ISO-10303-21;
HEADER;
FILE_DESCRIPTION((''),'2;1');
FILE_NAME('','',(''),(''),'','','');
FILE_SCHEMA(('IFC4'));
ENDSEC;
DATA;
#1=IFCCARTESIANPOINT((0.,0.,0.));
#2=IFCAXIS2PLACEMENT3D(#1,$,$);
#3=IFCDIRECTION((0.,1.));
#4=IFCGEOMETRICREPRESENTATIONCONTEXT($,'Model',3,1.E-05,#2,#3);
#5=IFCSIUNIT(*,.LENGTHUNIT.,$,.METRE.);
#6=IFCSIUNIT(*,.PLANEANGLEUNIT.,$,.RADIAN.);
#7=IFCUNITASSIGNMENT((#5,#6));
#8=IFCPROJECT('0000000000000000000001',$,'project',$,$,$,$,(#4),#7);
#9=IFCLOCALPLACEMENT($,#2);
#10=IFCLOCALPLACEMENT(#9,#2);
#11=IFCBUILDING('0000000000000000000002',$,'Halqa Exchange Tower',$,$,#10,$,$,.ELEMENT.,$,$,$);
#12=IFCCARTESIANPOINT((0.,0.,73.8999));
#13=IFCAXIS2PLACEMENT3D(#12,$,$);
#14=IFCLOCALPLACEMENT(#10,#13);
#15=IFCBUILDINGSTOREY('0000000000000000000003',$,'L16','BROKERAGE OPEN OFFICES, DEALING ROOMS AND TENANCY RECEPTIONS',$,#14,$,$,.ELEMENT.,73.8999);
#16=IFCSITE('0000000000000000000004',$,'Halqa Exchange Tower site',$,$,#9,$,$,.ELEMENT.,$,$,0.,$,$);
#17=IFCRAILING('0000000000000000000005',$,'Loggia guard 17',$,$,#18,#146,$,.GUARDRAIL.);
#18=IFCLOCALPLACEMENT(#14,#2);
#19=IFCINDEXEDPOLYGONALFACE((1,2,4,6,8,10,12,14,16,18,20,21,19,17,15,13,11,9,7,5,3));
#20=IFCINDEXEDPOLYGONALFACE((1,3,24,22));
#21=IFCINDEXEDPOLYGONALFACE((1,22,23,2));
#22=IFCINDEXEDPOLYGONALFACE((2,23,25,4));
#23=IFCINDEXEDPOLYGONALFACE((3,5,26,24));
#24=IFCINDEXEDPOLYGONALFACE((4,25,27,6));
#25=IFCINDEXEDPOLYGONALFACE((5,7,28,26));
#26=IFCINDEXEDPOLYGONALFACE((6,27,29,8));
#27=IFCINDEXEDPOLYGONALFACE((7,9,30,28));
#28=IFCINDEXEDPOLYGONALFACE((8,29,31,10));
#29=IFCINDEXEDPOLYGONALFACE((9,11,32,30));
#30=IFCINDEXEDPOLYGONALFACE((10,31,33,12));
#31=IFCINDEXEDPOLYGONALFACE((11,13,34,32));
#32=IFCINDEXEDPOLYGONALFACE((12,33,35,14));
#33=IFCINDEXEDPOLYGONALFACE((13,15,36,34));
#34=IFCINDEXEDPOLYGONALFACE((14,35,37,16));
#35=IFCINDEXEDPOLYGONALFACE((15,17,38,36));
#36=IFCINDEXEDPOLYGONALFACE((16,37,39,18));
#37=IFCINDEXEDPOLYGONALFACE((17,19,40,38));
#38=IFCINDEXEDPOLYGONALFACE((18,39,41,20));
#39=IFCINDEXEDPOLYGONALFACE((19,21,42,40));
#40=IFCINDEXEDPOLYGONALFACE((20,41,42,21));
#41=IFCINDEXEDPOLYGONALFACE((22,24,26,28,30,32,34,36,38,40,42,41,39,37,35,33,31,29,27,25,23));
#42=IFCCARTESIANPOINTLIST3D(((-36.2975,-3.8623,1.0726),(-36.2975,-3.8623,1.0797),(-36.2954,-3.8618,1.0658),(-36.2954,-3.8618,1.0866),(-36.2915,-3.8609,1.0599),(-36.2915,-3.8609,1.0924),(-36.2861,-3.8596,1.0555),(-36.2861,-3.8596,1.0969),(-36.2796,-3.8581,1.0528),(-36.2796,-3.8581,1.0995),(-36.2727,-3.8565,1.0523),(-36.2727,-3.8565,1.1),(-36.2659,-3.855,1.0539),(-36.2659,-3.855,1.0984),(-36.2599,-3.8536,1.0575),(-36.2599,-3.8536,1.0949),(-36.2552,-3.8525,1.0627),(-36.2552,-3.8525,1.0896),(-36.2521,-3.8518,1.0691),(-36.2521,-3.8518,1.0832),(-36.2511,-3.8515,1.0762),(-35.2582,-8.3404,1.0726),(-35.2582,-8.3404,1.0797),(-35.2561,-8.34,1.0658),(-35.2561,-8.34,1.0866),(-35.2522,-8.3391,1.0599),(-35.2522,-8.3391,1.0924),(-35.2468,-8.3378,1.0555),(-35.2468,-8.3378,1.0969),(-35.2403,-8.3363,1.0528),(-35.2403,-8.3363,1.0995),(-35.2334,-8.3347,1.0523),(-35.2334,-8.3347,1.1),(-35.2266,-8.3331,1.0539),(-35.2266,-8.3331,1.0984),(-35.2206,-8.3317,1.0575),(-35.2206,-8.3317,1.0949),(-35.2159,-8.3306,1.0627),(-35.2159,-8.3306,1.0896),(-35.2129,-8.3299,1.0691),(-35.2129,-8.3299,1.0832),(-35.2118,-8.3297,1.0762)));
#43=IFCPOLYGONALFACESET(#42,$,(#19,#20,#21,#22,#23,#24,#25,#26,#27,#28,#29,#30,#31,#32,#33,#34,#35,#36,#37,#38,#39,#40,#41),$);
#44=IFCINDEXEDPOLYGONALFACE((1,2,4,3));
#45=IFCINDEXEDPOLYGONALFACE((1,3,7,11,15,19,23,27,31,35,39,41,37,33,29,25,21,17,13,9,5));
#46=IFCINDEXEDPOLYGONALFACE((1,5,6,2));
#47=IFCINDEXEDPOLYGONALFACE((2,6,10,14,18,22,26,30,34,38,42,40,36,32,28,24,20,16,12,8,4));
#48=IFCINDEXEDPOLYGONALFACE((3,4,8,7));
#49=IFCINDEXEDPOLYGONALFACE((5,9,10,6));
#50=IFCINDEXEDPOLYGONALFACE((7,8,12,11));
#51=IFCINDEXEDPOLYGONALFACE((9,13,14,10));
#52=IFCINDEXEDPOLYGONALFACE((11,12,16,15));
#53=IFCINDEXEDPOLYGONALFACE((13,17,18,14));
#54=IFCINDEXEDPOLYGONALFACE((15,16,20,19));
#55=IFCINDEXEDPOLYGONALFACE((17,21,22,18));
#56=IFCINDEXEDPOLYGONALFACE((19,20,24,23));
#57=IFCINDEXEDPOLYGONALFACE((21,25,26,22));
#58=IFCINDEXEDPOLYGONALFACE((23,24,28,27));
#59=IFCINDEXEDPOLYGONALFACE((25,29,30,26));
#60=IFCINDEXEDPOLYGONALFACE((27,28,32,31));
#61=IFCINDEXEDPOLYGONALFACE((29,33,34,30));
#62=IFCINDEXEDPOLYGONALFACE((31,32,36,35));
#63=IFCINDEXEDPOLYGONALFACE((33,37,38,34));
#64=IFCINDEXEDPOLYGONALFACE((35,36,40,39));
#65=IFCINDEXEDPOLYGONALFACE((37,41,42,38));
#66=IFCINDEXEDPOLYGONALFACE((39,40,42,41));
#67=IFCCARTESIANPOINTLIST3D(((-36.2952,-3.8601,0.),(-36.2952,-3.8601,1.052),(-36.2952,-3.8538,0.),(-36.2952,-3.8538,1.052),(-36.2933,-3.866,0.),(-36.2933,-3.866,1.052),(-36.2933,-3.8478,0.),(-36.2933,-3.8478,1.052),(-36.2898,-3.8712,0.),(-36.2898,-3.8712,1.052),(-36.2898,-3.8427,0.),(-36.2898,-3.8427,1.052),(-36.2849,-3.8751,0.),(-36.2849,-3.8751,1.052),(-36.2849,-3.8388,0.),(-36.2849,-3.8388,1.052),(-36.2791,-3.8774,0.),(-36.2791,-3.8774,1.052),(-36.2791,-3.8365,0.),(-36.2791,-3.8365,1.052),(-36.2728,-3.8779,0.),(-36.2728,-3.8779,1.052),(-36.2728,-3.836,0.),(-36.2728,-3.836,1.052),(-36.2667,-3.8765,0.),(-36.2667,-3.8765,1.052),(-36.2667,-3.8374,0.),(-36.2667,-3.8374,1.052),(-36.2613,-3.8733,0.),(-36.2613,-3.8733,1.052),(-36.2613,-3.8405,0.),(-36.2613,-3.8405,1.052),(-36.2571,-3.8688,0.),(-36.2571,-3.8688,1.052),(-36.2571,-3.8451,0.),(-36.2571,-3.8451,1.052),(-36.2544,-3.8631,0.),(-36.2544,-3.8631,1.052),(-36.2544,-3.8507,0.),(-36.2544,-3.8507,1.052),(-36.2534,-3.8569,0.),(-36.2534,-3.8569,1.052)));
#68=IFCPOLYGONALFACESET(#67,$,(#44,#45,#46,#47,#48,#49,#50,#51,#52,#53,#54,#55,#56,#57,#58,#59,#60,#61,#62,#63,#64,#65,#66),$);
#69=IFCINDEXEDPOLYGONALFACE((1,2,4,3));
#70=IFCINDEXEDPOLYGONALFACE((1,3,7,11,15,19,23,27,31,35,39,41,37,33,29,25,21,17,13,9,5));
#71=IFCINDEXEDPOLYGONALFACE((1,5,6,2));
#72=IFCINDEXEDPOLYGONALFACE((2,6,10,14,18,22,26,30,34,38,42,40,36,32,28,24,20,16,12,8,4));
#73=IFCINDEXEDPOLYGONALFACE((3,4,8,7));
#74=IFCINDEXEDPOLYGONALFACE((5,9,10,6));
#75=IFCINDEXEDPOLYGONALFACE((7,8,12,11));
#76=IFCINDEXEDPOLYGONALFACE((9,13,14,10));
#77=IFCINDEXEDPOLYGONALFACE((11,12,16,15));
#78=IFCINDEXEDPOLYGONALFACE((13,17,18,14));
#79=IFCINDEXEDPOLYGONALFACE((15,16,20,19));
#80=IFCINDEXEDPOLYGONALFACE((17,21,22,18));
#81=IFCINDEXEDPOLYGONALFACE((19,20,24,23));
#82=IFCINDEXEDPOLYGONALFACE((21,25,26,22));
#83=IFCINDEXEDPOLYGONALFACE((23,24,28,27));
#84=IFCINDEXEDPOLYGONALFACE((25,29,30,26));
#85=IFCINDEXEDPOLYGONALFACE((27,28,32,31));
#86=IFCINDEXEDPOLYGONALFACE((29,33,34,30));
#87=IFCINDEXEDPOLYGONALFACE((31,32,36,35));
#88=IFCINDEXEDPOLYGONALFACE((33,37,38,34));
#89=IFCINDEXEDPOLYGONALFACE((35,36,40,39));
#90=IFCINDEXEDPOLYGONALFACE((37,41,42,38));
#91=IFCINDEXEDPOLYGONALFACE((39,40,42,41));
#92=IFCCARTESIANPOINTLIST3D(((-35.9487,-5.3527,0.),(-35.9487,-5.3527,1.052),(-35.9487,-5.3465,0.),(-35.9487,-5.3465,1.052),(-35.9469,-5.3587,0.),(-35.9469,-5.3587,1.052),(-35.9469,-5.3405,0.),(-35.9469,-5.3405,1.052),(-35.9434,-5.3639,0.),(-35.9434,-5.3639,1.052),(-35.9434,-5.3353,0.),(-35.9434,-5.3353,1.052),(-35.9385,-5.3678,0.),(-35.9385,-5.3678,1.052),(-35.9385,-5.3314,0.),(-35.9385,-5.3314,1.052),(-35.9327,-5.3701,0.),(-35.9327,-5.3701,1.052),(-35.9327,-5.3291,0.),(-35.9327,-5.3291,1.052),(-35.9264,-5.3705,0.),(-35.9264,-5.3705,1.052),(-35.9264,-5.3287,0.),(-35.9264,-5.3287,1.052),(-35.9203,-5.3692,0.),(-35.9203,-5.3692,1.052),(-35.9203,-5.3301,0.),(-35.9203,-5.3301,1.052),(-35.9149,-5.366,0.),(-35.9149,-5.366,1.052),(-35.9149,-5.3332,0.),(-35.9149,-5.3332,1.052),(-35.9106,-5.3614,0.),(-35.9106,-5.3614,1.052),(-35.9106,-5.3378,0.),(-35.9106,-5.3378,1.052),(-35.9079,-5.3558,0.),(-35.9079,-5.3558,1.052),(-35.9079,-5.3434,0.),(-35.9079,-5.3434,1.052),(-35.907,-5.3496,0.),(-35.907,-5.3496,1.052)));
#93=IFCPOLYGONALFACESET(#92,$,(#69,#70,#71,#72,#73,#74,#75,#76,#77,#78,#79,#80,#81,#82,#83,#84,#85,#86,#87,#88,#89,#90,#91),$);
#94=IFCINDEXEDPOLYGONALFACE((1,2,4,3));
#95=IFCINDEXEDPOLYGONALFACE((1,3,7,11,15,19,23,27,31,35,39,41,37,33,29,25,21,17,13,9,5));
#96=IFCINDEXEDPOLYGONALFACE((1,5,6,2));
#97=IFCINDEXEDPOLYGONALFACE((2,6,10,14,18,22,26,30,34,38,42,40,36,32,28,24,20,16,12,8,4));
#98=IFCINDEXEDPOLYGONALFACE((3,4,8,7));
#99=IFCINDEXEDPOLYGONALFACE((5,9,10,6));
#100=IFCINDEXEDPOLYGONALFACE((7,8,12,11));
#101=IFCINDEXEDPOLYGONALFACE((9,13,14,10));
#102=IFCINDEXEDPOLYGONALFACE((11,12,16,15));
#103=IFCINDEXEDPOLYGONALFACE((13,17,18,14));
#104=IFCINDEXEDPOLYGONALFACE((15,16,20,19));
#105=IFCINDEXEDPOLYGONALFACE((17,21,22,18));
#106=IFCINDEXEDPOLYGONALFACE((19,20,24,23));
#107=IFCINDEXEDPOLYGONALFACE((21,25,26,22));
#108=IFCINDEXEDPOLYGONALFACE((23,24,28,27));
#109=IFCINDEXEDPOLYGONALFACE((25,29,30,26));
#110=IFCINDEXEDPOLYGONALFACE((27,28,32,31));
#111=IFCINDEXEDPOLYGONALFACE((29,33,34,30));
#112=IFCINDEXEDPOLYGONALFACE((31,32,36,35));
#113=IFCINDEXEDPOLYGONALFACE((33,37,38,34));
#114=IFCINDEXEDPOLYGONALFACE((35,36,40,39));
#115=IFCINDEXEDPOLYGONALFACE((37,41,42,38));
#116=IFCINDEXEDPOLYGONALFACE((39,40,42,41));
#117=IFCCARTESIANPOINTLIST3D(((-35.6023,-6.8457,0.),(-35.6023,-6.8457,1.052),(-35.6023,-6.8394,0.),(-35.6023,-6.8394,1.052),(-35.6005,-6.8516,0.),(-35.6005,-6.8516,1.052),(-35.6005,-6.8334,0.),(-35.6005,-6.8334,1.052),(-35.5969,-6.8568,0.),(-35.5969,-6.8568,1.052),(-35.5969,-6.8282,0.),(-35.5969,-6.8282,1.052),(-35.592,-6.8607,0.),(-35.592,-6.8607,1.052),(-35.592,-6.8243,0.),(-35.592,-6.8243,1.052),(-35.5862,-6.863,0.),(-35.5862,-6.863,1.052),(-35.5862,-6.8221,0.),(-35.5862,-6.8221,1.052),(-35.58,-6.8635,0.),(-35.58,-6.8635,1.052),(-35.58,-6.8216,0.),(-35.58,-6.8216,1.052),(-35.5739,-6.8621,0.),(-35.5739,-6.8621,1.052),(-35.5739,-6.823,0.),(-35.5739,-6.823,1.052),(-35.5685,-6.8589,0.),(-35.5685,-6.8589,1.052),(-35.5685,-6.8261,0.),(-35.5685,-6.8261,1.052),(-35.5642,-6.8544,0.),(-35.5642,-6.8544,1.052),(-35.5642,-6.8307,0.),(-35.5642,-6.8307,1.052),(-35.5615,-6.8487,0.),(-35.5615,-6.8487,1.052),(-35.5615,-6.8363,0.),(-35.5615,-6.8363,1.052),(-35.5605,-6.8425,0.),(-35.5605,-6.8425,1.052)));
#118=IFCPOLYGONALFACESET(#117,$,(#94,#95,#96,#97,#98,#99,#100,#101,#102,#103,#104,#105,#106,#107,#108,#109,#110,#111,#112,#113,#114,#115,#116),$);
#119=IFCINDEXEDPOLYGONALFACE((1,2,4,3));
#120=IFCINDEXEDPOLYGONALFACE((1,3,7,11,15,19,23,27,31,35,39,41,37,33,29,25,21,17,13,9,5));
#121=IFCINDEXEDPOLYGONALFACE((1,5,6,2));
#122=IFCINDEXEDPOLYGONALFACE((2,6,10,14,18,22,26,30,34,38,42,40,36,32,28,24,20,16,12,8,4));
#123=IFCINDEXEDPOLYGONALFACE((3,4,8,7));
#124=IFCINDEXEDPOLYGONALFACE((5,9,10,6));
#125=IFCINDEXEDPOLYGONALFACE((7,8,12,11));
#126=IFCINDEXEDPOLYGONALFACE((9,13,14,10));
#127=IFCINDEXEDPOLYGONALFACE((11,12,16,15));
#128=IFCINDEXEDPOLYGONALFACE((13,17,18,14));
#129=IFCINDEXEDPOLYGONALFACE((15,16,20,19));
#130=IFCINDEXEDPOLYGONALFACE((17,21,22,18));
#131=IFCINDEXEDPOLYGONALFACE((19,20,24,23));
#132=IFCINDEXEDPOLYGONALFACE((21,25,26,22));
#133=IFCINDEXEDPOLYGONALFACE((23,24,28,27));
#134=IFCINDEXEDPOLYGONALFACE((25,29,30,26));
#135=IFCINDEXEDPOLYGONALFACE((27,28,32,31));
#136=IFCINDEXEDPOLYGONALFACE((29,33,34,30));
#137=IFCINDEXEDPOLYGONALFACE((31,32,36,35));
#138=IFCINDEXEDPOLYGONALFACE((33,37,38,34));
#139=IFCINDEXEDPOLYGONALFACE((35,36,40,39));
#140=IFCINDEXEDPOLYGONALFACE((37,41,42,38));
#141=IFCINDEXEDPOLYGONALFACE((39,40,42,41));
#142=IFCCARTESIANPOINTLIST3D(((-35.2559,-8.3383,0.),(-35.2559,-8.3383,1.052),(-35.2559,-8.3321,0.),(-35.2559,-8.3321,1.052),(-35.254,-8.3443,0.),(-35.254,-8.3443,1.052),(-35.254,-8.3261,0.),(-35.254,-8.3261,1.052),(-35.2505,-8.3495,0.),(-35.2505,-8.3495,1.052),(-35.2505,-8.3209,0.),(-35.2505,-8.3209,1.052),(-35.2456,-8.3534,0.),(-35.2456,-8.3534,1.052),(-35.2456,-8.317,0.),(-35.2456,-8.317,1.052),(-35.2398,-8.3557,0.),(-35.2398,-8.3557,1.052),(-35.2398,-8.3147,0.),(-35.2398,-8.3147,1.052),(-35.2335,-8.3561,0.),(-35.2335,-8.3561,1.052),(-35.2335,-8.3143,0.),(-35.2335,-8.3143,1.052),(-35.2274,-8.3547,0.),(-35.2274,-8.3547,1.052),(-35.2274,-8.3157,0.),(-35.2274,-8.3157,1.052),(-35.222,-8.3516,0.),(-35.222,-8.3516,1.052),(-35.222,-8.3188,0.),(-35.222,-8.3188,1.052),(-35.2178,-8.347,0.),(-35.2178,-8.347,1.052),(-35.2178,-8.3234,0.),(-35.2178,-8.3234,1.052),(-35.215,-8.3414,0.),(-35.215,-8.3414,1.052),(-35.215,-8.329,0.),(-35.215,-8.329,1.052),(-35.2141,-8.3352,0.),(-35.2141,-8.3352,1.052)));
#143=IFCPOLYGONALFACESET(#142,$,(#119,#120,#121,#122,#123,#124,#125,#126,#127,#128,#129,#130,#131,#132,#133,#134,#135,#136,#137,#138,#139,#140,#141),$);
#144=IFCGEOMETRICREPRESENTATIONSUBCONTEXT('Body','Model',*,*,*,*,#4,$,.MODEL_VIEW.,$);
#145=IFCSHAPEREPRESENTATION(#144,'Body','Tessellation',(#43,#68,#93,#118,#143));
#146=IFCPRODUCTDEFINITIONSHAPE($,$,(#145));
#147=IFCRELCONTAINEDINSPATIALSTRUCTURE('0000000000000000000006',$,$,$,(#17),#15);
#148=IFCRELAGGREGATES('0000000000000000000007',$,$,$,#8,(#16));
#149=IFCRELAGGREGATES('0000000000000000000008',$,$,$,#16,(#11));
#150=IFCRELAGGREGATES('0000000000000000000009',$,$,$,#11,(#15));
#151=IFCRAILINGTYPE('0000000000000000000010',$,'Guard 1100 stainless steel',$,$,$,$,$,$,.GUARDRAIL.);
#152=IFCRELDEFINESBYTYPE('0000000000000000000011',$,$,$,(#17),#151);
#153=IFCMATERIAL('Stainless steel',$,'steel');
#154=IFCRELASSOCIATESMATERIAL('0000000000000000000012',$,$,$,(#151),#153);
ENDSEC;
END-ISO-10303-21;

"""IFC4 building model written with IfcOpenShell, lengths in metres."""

from ifc_helpers import new_model, si_unit, direction, frame, origin, origin_2d, place, context, subcontext, project, spatial, circle, extrude, material, type_object, element, save


model = new_model("IFC4")

# Units and contexts
model_context = context("Model", 3, precision=1e-05, world=origin(), true_north=direction((0.0, 1.0)))
body_context = subcontext(model_context, "Body", "Model", "MODEL_VIEW")
ifc_project = project(units=[si_unit("LENGTHUNIT", "METRE"), si_unit("PLANEANGLEUNIT", "RADIAN")], contexts=[model_context])

# Site, building, storey
site_placement = place(None, origin())
site = spatial("IfcSite", under=ifc_project, at=site_placement, Name="Halqa Exchange Tower site", CompositionType="ELEMENT", RefElevation=0.0)
building_placement = place(site_placement, origin())
building = spatial("IfcBuilding", under=site, at=building_placement, Name="Halqa Exchange Tower", CompositionType="ELEMENT")
storey_placement = place(building_placement, frame((0.0, 0.0, 73.8999)))
storey = spatial("IfcBuildingStorey", under=building, at=storey_placement, Name="L16", Description="BROKERAGE OPEN OFFICES, DEALING ROOMS AND TENANCY RECEPTIONS", CompositionType="ELEMENT", Elevation=73.8999)

# Railing
ifc_material_1 = material(Name="Stainless steel", Category="steel")
railing_type = type_object("IfcRailingType", Name="Guard 1100 stainless steel", PredefinedType="GUARDRAIL", material=ifc_material_1)
railing_1_placement = place(storey_placement, frame((-36.2744, -3.8569, 0.0)))
element("IfcRailing", 1, at=railing_1_placement, inside=storey, type_object=railing_type, Name="Loggia guard 17", PredefinedType="GUARDRAIL", context=body_context, shape_type="SweptSolid", body=[
    extrude(circle(Radius=0.0239, at=origin_2d()), frame((0.0, 0.0, 1.0762), z_axis=(0.226069, -0.974111, 0.0), x_axis=(0.974111, 0.226069, 0.0)), (0.0, 0.0, 1.0), 4.5972),
    extrude(circle(Radius=0.021, at=origin_2d()), origin(), (0.0, 0.0, 1.0), 1.052),
    extrude(circle(Radius=0.021, at=origin_2d()), frame((0.3464, -1.4927, 0.0)), (0.0, 0.0, 1.0), 1.052),
    extrude(circle(Radius=0.021, at=origin_2d()), frame((0.6929, -2.9856, 0.0)), (0.0, 0.0, 1.0), 1.052),
    extrude(circle(Radius=0.021, at=origin_2d()), frame((1.0393, -4.4783, 0.0)), (0.0, 0.0, 1.0), 1.052),
])

save(model, "model.ifc")
